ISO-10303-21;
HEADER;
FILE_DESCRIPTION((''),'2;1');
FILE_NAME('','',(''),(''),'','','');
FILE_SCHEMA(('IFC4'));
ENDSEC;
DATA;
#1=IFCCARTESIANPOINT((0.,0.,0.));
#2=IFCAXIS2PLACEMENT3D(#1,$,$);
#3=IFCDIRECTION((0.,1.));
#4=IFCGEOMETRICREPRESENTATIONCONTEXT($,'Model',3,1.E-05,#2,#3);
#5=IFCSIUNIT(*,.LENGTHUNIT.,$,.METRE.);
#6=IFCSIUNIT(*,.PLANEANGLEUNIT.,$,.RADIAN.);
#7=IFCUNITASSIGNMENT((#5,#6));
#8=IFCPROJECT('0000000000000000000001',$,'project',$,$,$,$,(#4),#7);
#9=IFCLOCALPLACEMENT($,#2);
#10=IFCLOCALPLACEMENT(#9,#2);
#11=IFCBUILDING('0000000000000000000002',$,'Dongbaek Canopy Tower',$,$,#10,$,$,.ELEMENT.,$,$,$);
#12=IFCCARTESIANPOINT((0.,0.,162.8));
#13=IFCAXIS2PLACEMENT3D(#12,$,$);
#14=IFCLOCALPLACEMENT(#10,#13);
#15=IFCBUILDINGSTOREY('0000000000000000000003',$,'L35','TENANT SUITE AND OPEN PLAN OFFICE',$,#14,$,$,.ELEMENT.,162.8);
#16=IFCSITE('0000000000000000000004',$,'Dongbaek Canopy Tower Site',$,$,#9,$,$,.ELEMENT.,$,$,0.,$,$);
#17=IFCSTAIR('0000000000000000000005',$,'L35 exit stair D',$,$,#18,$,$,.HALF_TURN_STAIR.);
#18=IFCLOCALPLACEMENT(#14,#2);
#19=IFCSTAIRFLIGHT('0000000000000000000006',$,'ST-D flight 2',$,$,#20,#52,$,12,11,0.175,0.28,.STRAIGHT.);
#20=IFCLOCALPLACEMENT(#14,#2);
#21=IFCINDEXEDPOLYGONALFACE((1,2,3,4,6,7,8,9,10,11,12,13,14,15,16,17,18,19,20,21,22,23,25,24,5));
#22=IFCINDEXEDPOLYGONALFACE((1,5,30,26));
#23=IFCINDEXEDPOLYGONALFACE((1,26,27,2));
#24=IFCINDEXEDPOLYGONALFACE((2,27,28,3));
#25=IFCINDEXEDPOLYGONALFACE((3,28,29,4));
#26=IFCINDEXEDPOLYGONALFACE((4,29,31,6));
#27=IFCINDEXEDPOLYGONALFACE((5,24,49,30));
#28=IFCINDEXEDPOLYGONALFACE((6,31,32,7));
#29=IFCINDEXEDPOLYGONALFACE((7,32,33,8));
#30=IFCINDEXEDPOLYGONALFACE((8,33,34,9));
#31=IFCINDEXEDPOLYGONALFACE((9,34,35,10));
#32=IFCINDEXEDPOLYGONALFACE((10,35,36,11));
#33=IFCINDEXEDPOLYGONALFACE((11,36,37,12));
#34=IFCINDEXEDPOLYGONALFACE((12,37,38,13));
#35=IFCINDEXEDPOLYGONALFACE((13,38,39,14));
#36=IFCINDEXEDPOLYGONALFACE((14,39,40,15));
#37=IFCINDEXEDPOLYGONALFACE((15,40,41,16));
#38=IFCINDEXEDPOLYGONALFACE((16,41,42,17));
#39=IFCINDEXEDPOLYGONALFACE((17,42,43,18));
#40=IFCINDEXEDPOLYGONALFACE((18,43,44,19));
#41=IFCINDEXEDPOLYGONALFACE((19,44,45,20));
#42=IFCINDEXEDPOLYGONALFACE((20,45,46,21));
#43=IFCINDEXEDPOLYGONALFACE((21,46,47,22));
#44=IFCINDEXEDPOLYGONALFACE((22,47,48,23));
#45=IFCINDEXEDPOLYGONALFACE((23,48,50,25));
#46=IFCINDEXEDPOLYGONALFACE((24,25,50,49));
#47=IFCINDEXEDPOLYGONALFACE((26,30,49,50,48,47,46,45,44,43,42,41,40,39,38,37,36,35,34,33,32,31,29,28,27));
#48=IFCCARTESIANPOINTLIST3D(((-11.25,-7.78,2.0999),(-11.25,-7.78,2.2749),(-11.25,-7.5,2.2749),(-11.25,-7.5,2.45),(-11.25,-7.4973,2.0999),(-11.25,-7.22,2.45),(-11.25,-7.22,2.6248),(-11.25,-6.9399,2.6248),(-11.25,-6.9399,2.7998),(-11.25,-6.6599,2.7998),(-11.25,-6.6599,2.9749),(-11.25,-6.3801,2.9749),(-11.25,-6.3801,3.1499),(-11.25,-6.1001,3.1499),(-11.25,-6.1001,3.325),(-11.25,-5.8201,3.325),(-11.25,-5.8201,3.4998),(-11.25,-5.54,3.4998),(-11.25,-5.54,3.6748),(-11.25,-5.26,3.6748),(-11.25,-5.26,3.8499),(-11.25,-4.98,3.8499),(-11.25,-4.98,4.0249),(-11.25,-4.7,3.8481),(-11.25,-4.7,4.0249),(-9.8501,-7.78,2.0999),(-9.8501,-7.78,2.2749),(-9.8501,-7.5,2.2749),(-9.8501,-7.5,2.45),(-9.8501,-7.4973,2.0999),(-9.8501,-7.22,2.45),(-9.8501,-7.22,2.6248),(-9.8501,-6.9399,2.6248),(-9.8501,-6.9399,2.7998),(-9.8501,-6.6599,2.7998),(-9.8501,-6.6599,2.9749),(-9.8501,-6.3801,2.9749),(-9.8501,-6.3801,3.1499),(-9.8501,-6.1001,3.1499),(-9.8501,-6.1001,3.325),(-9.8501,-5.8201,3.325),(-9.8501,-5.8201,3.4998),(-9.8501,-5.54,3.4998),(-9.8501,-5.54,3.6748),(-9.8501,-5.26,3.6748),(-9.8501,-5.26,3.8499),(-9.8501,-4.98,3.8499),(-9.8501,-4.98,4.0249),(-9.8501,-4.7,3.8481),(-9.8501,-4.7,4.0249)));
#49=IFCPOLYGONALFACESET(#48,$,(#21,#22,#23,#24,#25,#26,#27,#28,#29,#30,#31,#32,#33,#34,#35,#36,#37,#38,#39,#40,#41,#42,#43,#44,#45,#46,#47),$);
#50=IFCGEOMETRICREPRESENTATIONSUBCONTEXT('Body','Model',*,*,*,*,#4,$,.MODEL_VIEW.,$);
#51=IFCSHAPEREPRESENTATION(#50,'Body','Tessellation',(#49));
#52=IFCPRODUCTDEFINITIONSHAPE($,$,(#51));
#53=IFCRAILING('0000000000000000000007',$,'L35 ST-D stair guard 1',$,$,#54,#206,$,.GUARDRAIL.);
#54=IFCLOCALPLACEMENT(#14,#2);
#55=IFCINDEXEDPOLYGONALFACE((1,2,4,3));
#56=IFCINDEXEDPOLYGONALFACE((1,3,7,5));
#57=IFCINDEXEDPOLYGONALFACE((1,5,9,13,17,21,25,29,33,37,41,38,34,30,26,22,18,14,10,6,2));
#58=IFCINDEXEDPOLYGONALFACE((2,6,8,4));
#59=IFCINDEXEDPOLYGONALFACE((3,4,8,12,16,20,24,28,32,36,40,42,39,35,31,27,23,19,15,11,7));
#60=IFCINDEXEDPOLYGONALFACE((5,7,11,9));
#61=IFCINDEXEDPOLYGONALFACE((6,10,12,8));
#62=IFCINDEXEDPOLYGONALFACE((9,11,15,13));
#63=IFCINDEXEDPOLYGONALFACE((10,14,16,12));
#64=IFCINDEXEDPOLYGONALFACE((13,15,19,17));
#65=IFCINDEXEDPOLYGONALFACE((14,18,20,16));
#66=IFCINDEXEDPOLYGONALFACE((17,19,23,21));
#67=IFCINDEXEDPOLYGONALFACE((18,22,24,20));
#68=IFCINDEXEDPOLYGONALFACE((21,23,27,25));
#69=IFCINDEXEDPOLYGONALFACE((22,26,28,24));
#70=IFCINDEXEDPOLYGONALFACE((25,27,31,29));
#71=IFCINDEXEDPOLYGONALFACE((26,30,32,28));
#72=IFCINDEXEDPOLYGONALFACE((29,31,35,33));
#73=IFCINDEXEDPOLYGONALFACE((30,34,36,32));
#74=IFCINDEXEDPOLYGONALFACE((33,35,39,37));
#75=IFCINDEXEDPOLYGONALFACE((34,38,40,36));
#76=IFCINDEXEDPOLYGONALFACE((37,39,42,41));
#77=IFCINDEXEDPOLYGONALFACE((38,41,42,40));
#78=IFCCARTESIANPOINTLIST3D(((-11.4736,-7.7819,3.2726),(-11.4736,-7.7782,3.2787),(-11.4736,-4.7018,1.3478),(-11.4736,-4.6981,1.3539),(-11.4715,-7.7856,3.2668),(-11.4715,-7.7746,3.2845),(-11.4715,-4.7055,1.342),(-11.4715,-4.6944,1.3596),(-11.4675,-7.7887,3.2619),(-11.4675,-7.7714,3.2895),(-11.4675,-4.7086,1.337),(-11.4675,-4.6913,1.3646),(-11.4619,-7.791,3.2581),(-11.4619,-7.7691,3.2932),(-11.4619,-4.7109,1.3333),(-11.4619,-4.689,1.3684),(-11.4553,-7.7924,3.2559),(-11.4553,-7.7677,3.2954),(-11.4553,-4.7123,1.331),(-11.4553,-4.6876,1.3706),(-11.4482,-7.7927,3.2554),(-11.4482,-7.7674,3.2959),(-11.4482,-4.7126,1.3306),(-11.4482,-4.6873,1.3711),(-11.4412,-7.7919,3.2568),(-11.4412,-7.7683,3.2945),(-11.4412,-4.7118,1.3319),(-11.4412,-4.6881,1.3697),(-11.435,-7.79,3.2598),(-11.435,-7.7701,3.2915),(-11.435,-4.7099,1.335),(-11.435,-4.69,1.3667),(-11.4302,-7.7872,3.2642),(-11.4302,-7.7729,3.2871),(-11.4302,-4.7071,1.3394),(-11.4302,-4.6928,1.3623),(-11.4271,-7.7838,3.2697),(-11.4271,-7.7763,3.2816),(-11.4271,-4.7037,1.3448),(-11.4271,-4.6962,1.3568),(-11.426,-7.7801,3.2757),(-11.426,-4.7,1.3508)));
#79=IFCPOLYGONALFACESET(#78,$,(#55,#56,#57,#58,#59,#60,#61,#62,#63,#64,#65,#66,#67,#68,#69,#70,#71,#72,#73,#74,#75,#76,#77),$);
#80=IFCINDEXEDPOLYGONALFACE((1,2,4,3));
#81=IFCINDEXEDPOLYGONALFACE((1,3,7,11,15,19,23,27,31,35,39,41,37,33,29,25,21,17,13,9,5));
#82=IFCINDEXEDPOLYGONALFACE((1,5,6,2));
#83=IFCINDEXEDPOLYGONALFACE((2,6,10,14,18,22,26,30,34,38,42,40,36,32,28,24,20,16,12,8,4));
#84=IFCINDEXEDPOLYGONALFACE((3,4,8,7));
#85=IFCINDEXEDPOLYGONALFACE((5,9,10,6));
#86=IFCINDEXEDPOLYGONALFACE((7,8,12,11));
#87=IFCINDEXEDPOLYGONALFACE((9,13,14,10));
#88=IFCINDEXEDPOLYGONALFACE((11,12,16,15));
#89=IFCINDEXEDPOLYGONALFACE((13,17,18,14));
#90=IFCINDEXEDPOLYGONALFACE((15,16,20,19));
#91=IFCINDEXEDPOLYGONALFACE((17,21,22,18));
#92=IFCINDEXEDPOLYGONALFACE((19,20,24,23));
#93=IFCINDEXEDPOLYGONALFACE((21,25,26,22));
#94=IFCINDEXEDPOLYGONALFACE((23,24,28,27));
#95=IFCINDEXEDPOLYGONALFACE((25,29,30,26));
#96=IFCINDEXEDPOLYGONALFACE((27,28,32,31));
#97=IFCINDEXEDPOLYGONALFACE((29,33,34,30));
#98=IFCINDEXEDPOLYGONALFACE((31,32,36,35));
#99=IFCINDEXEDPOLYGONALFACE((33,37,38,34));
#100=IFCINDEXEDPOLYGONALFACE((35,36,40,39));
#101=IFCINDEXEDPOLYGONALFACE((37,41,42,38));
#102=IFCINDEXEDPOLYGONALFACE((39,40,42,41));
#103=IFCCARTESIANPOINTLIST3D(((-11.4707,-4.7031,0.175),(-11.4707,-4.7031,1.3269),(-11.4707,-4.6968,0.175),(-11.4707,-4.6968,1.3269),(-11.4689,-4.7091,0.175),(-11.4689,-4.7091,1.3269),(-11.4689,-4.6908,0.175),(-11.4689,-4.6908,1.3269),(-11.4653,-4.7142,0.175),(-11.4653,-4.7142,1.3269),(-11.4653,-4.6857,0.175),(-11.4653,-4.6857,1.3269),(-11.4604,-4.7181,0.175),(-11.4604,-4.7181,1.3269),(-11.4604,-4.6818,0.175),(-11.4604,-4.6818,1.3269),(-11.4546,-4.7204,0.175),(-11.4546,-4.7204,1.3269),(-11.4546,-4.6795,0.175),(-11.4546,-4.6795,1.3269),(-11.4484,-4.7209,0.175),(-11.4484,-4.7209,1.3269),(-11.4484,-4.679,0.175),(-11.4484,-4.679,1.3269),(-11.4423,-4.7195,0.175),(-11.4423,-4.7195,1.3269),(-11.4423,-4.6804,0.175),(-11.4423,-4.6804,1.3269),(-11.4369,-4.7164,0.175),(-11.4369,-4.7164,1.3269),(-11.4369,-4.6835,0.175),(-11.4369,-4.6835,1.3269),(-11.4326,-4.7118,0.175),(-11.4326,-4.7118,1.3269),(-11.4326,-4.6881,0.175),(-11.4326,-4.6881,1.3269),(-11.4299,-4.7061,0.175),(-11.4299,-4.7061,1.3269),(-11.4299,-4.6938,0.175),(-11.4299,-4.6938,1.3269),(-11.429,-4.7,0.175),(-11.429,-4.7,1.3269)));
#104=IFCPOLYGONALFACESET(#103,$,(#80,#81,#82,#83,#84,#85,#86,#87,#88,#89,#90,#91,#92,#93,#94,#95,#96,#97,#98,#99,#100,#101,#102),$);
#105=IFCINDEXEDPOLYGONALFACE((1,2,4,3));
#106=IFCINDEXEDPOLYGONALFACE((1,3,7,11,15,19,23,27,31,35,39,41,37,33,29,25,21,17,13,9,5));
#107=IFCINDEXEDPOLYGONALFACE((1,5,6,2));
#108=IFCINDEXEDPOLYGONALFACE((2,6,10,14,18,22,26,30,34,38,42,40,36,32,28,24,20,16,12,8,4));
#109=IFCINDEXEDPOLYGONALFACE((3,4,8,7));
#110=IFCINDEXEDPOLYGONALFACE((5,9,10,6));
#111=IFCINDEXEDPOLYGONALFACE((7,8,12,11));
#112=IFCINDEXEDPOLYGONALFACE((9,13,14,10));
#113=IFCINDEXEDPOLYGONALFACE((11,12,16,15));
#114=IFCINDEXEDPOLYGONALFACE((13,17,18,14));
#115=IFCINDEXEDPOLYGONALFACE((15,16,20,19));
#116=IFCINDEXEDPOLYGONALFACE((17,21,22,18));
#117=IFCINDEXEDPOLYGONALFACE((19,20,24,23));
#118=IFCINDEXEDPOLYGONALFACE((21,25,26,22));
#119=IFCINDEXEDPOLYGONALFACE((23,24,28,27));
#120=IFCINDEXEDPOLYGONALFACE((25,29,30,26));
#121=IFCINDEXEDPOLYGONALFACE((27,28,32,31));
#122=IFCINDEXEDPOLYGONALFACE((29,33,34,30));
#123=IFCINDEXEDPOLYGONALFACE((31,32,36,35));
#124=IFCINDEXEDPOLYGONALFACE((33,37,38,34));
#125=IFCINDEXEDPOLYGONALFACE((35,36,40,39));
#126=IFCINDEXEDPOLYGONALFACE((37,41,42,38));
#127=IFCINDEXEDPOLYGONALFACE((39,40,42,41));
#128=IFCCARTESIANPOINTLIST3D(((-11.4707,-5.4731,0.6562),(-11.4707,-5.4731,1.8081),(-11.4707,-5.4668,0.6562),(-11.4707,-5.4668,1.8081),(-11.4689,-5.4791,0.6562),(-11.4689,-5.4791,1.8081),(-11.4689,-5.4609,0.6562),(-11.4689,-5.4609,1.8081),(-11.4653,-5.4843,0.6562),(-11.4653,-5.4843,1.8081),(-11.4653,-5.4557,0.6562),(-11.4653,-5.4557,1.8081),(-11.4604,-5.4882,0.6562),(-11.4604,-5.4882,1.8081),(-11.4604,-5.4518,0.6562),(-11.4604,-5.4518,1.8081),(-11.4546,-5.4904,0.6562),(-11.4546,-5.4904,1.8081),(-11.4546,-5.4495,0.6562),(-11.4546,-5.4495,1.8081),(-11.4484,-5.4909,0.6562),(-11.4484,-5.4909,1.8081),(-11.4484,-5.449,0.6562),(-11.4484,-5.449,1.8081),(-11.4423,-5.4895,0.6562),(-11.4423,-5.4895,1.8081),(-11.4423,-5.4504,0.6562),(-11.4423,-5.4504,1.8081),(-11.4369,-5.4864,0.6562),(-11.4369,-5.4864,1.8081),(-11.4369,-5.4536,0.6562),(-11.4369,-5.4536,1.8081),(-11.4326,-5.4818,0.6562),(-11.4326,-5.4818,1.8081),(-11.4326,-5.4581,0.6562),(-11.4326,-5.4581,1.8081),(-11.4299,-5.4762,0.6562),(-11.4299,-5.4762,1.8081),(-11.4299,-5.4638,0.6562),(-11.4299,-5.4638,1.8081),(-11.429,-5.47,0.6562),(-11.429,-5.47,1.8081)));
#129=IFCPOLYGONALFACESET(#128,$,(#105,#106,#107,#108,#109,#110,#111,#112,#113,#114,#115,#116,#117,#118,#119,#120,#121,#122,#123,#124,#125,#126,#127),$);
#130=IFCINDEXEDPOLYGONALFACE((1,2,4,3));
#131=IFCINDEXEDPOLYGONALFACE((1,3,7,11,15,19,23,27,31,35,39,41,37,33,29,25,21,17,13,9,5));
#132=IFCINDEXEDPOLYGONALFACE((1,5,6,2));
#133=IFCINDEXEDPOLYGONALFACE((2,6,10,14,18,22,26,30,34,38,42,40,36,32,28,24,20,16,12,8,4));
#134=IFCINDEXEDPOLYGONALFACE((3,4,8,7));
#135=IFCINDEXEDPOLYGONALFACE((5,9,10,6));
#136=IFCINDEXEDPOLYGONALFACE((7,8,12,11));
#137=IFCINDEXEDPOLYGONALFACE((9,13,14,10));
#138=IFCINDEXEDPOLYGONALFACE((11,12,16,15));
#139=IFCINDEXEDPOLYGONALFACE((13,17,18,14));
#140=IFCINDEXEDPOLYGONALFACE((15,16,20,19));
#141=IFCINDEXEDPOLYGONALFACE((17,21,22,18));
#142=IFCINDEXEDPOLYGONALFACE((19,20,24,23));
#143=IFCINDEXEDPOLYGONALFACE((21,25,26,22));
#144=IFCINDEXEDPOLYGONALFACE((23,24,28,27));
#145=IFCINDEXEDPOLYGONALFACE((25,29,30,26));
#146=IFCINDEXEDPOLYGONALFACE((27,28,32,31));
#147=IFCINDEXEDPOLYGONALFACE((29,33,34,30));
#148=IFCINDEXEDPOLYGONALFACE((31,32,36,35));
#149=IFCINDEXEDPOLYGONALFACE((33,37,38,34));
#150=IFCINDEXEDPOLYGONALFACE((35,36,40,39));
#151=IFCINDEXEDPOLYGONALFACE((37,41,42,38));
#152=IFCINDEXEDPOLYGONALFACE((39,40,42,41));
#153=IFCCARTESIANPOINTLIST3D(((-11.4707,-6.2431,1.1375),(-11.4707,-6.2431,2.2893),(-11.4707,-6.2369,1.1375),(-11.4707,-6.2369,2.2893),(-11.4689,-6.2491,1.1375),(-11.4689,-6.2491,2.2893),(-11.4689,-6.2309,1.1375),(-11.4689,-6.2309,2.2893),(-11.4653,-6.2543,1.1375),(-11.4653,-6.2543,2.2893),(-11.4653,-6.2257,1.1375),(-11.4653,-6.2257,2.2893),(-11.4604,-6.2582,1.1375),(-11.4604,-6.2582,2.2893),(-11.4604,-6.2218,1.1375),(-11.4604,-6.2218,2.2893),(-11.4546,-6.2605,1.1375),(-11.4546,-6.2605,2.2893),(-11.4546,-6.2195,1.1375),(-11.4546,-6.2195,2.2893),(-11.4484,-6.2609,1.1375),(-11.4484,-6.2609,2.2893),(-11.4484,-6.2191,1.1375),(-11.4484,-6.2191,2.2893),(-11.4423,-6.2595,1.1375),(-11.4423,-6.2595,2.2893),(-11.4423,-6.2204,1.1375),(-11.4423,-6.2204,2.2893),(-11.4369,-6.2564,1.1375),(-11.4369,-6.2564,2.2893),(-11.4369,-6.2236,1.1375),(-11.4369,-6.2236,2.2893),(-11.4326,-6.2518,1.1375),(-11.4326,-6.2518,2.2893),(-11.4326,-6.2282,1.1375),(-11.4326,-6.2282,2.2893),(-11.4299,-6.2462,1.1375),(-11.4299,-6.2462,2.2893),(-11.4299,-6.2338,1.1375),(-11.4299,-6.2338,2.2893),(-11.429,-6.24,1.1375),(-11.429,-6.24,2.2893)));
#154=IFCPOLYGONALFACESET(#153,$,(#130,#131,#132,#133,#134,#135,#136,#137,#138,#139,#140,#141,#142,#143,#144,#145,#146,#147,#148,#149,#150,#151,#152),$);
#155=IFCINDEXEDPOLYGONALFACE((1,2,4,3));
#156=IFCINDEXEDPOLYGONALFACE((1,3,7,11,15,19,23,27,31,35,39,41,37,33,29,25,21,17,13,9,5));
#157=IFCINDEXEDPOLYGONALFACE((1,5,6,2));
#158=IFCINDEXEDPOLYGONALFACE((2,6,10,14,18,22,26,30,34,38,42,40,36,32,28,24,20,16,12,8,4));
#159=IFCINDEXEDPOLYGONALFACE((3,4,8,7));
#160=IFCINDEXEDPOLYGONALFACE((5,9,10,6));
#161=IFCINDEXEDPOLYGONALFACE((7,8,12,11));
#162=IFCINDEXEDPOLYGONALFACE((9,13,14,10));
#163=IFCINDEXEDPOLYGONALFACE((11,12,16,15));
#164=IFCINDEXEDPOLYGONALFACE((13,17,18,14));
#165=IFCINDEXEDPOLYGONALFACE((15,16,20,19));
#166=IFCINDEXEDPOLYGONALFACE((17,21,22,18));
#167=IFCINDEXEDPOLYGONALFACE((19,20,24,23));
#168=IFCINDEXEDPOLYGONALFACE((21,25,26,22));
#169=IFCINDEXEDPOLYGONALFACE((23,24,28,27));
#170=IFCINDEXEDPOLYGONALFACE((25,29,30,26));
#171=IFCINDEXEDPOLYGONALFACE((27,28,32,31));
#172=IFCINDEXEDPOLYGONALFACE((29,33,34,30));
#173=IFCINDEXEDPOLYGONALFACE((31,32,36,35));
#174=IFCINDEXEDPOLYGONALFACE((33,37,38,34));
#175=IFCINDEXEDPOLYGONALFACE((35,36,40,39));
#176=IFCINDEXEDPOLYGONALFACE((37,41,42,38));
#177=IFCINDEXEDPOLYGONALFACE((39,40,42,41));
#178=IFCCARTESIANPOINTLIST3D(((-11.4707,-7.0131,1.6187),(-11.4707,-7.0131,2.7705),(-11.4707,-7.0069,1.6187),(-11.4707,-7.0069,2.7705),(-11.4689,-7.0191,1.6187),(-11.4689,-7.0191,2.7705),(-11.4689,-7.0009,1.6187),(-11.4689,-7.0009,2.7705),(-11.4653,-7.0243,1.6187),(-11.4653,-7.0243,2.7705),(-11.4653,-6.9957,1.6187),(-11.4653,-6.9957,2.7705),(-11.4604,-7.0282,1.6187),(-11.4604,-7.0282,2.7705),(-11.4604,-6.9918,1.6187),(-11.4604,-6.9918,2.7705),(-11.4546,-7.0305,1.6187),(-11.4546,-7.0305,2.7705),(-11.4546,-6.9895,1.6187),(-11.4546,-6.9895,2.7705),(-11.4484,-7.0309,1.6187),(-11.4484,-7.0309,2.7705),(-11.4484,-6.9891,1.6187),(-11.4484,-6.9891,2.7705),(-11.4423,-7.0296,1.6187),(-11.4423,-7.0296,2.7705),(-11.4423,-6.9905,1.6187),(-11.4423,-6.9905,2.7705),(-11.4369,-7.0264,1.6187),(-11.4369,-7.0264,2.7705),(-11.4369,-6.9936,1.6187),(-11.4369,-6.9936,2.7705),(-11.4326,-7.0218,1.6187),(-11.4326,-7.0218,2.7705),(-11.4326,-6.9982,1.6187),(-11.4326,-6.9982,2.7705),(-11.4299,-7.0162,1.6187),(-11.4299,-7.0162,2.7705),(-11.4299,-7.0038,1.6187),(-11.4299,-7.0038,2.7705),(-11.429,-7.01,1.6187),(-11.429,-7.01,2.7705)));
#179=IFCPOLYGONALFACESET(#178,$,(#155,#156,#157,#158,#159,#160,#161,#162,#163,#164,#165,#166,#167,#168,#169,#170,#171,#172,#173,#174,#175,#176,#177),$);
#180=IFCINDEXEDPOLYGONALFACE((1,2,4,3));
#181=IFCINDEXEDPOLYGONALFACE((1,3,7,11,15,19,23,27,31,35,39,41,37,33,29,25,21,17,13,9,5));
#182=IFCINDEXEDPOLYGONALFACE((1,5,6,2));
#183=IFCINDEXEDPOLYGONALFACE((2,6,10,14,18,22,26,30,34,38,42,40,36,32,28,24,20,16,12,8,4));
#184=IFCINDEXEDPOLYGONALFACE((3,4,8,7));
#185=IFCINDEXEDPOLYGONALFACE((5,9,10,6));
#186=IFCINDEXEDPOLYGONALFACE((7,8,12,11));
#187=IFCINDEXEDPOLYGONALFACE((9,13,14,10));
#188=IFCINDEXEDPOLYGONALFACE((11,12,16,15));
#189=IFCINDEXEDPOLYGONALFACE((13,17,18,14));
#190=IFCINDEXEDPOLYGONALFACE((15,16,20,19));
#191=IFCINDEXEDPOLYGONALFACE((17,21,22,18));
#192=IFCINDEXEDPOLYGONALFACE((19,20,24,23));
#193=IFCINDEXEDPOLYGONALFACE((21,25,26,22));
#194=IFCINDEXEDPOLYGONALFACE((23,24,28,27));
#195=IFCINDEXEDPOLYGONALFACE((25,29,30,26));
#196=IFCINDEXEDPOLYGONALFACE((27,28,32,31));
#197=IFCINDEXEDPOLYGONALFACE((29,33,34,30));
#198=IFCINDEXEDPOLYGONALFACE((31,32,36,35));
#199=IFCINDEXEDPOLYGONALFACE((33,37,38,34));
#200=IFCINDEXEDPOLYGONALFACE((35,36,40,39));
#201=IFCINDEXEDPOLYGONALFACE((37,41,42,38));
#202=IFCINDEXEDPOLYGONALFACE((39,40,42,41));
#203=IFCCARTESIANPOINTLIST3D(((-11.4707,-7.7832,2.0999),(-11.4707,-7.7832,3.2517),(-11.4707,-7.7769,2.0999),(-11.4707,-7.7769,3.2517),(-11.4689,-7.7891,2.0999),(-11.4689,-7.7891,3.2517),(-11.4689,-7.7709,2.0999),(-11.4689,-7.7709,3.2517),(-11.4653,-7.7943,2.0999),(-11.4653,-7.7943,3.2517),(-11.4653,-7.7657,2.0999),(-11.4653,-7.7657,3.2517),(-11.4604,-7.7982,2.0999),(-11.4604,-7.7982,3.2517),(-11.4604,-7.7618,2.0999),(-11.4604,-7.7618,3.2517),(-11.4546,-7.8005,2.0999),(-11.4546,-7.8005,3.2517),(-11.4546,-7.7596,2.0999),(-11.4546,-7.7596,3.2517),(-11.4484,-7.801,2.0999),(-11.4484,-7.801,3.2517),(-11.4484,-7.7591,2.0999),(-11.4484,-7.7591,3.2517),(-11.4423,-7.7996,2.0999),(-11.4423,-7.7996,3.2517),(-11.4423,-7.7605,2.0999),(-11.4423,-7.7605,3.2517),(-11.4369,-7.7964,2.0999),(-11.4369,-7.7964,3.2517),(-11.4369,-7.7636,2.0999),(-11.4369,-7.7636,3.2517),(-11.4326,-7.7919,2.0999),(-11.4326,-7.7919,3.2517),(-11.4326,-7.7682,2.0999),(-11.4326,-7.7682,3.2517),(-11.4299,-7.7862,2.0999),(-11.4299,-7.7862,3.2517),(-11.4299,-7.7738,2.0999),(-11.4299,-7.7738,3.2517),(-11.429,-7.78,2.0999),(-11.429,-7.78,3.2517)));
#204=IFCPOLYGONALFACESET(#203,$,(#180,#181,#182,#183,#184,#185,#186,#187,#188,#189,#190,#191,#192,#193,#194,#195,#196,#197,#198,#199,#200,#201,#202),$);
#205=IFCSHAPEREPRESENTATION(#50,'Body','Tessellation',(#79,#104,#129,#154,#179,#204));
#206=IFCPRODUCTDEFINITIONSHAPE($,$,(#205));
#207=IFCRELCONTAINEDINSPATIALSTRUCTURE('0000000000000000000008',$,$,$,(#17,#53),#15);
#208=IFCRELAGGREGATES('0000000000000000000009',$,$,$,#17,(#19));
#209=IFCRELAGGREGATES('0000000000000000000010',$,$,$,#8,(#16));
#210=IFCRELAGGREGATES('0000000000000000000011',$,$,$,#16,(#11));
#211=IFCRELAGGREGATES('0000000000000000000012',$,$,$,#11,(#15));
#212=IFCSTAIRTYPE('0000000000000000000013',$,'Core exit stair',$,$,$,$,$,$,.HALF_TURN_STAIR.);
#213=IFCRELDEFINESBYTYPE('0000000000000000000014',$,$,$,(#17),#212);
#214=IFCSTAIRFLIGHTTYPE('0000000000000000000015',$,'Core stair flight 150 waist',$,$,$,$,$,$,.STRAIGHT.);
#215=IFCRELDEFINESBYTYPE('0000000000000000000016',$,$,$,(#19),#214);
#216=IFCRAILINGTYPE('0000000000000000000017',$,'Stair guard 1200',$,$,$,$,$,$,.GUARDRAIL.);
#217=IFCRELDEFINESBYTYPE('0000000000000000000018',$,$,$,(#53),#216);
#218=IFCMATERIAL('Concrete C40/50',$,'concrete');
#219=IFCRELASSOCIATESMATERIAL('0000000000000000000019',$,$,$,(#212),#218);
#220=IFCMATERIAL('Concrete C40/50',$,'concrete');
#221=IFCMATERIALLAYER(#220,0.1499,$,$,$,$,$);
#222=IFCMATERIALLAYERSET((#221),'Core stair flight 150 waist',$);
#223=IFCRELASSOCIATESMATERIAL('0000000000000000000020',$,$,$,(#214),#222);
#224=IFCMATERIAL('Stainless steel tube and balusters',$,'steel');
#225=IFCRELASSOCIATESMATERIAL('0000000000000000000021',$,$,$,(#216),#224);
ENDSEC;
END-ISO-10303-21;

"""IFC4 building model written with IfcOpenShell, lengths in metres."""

from ifc_helpers import new_model, si_unit, direction, frame, origin, origin_2d, place, context, subcontext, project, spatial, polyline, circle, outline, extrude, material, layer, layer_set, type_object, element, aggregate, save


model = new_model("IFC4")

# Units and contexts
model_context = context("Model", 3, precision=1e-05, world=origin(), true_north=direction((0.0, 1.0)))
body_context = subcontext(model_context, "Body", "Model", "MODEL_VIEW")
ifc_project = project(units=[si_unit("LENGTHUNIT", "METRE"), si_unit("PLANEANGLEUNIT", "RADIAN")], contexts=[model_context])

# Site, building, storey
site_placement = place(None, origin())
site = spatial("IfcSite", under=ifc_project, at=site_placement, Name="Dongbaek Canopy Tower Site", CompositionType="ELEMENT", RefElevation=0.0)
building_placement = place(site_placement, origin())
building = spatial("IfcBuilding", under=site, at=building_placement, Name="Dongbaek Canopy Tower", CompositionType="ELEMENT")
storey_placement = place(building_placement, frame((0.0, 0.0, 162.8)))
storey = spatial("IfcBuildingStorey", under=building, at=storey_placement, Name="L35", Description="TENANT SUITE AND OPEN PLAN OFFICE", CompositionType="ELEMENT", Elevation=162.8)

# Stair, stair flight
ifc_material_1 = material(Name="Concrete C40/50", Category="concrete")
stair_type = type_object("IfcStairType", Name="Core exit stair", PredefinedType="HALF_TURN_STAIR", material=ifc_material_1)
stair_placement = place(storey_placement, origin())
stair = element("IfcStair", 1, at=stair_placement, inside=storey, type_object=stair_type, Name="L35 exit stair D", PredefinedType="HALF_TURN_STAIR")
ifc_material_2 = material(Name="Concrete C40/50", Category="concrete")
ifc_layer_1 = layer(ifc_material_2, 0.1499)
ifc_layer_set_1 = layer_set([ifc_layer_1], Name="Core stair flight 150 waist")
stair_flight_type = type_object("IfcStairFlightType", Name="Core stair flight 150 waist", PredefinedType="STRAIGHT", material=ifc_layer_set_1)
stair_flight_1_placement = place(storey_placement, frame((-10.55, -7.78, 2.0999), z_axis=(0.0, 0.0, 1.0), x_axis=(0.0, 1.0, 0.0)))
stair_flight_1 = element("IfcStairFlight", 2, at=stair_flight_1_placement, type_object=stair_flight_type, Name="ST-D flight 2", NumberOfRisers=12, NumberOfTreads=11, PredefinedType="STRAIGHT", RiserHeight=0.175, TreadLength=0.28, context=body_context, shape_type="SweptSolid", body=[
    extrude(outline(polyline([(0.0, 0.0), (0.0, 0.175), (0.28, 0.175), (0.28, 0.3501), (0.5601, 0.3501), (0.5601, 0.5249), (0.8401, 0.5249), (0.8401, 0.7), (1.1201, 0.7), (1.1201, 0.875), (1.3999, 0.875), (1.3999, 1.05), (1.6799, 1.05), (1.6799, 1.2251), (1.96, 1.2251), (1.96, 1.3999), (2.24, 1.3999), (2.24, 1.575), (2.52, 1.575), (2.52, 1.75), (2.8, 1.75), (2.8, 1.925), (3.0801, 1.925), (3.0801, 2.1001), (3.0801, 1.7483), (0.2827, 0.0), (0.0, 0.0)])), frame((0.0, 0.7, 0.0), z_axis=(0.0, -1.0, 0.0), x_axis=(1.0, 0.0, 0.0)), (0.0, 0.0, 1.0), 1.3999),
])
aggregate(stair, [stair_flight_1])

# Railing
ifc_material_3 = material(Name="Stainless steel tube and balusters", Category="steel")
railing_type_1 = type_object("IfcRailingType", Name="Stair guard 1200", PredefinedType="GUARDRAIL", material=ifc_material_3)
railing_1_placement = place(storey_placement, frame((-11.45, -4.7, 0.175)))
element("IfcRailing", 3, at=railing_1_placement, inside=storey, type_object=railing_type_1, Name="L35 ST-D stair guard 1", PredefinedType="GUARDRAIL", context=body_context, shape_type="SweptSolid", body=[
    extrude(circle(Radius=0.0239, at=origin_2d()), frame((0.0, 0.0, 1.1758), z_axis=(0.0, -0.848029, 0.529951), x_axis=(1.0, 0.0, 0.0)), (0.0, 0.0, 1.0), 3.6321),
    extrude(circle(Radius=0.021, at=origin_2d()), origin(), (0.0, 0.0, 1.0), 1.1519),
    extrude(circle(Radius=0.021, at=origin_2d()), frame((0.0, -0.77, 0.4812)), (0.0, 0.0, 1.0), 1.1519),
    extrude(circle(Radius=0.021, at=origin_2d()), frame((0.0, -1.54, 0.9624)), (0.0, 0.0, 1.0), 1.1519),
    extrude(circle(Radius=0.021, at=origin_2d()), frame((0.0, -2.3101, 1.4436)), (0.0, 0.0, 1.0), 1.1519),
    extrude(circle(Radius=0.021, at=origin_2d()), frame((0.0, -3.0801, 1.9248)), (0.0, 0.0, 1.0), 1.1519),
])

save(model, "model.ifc")
